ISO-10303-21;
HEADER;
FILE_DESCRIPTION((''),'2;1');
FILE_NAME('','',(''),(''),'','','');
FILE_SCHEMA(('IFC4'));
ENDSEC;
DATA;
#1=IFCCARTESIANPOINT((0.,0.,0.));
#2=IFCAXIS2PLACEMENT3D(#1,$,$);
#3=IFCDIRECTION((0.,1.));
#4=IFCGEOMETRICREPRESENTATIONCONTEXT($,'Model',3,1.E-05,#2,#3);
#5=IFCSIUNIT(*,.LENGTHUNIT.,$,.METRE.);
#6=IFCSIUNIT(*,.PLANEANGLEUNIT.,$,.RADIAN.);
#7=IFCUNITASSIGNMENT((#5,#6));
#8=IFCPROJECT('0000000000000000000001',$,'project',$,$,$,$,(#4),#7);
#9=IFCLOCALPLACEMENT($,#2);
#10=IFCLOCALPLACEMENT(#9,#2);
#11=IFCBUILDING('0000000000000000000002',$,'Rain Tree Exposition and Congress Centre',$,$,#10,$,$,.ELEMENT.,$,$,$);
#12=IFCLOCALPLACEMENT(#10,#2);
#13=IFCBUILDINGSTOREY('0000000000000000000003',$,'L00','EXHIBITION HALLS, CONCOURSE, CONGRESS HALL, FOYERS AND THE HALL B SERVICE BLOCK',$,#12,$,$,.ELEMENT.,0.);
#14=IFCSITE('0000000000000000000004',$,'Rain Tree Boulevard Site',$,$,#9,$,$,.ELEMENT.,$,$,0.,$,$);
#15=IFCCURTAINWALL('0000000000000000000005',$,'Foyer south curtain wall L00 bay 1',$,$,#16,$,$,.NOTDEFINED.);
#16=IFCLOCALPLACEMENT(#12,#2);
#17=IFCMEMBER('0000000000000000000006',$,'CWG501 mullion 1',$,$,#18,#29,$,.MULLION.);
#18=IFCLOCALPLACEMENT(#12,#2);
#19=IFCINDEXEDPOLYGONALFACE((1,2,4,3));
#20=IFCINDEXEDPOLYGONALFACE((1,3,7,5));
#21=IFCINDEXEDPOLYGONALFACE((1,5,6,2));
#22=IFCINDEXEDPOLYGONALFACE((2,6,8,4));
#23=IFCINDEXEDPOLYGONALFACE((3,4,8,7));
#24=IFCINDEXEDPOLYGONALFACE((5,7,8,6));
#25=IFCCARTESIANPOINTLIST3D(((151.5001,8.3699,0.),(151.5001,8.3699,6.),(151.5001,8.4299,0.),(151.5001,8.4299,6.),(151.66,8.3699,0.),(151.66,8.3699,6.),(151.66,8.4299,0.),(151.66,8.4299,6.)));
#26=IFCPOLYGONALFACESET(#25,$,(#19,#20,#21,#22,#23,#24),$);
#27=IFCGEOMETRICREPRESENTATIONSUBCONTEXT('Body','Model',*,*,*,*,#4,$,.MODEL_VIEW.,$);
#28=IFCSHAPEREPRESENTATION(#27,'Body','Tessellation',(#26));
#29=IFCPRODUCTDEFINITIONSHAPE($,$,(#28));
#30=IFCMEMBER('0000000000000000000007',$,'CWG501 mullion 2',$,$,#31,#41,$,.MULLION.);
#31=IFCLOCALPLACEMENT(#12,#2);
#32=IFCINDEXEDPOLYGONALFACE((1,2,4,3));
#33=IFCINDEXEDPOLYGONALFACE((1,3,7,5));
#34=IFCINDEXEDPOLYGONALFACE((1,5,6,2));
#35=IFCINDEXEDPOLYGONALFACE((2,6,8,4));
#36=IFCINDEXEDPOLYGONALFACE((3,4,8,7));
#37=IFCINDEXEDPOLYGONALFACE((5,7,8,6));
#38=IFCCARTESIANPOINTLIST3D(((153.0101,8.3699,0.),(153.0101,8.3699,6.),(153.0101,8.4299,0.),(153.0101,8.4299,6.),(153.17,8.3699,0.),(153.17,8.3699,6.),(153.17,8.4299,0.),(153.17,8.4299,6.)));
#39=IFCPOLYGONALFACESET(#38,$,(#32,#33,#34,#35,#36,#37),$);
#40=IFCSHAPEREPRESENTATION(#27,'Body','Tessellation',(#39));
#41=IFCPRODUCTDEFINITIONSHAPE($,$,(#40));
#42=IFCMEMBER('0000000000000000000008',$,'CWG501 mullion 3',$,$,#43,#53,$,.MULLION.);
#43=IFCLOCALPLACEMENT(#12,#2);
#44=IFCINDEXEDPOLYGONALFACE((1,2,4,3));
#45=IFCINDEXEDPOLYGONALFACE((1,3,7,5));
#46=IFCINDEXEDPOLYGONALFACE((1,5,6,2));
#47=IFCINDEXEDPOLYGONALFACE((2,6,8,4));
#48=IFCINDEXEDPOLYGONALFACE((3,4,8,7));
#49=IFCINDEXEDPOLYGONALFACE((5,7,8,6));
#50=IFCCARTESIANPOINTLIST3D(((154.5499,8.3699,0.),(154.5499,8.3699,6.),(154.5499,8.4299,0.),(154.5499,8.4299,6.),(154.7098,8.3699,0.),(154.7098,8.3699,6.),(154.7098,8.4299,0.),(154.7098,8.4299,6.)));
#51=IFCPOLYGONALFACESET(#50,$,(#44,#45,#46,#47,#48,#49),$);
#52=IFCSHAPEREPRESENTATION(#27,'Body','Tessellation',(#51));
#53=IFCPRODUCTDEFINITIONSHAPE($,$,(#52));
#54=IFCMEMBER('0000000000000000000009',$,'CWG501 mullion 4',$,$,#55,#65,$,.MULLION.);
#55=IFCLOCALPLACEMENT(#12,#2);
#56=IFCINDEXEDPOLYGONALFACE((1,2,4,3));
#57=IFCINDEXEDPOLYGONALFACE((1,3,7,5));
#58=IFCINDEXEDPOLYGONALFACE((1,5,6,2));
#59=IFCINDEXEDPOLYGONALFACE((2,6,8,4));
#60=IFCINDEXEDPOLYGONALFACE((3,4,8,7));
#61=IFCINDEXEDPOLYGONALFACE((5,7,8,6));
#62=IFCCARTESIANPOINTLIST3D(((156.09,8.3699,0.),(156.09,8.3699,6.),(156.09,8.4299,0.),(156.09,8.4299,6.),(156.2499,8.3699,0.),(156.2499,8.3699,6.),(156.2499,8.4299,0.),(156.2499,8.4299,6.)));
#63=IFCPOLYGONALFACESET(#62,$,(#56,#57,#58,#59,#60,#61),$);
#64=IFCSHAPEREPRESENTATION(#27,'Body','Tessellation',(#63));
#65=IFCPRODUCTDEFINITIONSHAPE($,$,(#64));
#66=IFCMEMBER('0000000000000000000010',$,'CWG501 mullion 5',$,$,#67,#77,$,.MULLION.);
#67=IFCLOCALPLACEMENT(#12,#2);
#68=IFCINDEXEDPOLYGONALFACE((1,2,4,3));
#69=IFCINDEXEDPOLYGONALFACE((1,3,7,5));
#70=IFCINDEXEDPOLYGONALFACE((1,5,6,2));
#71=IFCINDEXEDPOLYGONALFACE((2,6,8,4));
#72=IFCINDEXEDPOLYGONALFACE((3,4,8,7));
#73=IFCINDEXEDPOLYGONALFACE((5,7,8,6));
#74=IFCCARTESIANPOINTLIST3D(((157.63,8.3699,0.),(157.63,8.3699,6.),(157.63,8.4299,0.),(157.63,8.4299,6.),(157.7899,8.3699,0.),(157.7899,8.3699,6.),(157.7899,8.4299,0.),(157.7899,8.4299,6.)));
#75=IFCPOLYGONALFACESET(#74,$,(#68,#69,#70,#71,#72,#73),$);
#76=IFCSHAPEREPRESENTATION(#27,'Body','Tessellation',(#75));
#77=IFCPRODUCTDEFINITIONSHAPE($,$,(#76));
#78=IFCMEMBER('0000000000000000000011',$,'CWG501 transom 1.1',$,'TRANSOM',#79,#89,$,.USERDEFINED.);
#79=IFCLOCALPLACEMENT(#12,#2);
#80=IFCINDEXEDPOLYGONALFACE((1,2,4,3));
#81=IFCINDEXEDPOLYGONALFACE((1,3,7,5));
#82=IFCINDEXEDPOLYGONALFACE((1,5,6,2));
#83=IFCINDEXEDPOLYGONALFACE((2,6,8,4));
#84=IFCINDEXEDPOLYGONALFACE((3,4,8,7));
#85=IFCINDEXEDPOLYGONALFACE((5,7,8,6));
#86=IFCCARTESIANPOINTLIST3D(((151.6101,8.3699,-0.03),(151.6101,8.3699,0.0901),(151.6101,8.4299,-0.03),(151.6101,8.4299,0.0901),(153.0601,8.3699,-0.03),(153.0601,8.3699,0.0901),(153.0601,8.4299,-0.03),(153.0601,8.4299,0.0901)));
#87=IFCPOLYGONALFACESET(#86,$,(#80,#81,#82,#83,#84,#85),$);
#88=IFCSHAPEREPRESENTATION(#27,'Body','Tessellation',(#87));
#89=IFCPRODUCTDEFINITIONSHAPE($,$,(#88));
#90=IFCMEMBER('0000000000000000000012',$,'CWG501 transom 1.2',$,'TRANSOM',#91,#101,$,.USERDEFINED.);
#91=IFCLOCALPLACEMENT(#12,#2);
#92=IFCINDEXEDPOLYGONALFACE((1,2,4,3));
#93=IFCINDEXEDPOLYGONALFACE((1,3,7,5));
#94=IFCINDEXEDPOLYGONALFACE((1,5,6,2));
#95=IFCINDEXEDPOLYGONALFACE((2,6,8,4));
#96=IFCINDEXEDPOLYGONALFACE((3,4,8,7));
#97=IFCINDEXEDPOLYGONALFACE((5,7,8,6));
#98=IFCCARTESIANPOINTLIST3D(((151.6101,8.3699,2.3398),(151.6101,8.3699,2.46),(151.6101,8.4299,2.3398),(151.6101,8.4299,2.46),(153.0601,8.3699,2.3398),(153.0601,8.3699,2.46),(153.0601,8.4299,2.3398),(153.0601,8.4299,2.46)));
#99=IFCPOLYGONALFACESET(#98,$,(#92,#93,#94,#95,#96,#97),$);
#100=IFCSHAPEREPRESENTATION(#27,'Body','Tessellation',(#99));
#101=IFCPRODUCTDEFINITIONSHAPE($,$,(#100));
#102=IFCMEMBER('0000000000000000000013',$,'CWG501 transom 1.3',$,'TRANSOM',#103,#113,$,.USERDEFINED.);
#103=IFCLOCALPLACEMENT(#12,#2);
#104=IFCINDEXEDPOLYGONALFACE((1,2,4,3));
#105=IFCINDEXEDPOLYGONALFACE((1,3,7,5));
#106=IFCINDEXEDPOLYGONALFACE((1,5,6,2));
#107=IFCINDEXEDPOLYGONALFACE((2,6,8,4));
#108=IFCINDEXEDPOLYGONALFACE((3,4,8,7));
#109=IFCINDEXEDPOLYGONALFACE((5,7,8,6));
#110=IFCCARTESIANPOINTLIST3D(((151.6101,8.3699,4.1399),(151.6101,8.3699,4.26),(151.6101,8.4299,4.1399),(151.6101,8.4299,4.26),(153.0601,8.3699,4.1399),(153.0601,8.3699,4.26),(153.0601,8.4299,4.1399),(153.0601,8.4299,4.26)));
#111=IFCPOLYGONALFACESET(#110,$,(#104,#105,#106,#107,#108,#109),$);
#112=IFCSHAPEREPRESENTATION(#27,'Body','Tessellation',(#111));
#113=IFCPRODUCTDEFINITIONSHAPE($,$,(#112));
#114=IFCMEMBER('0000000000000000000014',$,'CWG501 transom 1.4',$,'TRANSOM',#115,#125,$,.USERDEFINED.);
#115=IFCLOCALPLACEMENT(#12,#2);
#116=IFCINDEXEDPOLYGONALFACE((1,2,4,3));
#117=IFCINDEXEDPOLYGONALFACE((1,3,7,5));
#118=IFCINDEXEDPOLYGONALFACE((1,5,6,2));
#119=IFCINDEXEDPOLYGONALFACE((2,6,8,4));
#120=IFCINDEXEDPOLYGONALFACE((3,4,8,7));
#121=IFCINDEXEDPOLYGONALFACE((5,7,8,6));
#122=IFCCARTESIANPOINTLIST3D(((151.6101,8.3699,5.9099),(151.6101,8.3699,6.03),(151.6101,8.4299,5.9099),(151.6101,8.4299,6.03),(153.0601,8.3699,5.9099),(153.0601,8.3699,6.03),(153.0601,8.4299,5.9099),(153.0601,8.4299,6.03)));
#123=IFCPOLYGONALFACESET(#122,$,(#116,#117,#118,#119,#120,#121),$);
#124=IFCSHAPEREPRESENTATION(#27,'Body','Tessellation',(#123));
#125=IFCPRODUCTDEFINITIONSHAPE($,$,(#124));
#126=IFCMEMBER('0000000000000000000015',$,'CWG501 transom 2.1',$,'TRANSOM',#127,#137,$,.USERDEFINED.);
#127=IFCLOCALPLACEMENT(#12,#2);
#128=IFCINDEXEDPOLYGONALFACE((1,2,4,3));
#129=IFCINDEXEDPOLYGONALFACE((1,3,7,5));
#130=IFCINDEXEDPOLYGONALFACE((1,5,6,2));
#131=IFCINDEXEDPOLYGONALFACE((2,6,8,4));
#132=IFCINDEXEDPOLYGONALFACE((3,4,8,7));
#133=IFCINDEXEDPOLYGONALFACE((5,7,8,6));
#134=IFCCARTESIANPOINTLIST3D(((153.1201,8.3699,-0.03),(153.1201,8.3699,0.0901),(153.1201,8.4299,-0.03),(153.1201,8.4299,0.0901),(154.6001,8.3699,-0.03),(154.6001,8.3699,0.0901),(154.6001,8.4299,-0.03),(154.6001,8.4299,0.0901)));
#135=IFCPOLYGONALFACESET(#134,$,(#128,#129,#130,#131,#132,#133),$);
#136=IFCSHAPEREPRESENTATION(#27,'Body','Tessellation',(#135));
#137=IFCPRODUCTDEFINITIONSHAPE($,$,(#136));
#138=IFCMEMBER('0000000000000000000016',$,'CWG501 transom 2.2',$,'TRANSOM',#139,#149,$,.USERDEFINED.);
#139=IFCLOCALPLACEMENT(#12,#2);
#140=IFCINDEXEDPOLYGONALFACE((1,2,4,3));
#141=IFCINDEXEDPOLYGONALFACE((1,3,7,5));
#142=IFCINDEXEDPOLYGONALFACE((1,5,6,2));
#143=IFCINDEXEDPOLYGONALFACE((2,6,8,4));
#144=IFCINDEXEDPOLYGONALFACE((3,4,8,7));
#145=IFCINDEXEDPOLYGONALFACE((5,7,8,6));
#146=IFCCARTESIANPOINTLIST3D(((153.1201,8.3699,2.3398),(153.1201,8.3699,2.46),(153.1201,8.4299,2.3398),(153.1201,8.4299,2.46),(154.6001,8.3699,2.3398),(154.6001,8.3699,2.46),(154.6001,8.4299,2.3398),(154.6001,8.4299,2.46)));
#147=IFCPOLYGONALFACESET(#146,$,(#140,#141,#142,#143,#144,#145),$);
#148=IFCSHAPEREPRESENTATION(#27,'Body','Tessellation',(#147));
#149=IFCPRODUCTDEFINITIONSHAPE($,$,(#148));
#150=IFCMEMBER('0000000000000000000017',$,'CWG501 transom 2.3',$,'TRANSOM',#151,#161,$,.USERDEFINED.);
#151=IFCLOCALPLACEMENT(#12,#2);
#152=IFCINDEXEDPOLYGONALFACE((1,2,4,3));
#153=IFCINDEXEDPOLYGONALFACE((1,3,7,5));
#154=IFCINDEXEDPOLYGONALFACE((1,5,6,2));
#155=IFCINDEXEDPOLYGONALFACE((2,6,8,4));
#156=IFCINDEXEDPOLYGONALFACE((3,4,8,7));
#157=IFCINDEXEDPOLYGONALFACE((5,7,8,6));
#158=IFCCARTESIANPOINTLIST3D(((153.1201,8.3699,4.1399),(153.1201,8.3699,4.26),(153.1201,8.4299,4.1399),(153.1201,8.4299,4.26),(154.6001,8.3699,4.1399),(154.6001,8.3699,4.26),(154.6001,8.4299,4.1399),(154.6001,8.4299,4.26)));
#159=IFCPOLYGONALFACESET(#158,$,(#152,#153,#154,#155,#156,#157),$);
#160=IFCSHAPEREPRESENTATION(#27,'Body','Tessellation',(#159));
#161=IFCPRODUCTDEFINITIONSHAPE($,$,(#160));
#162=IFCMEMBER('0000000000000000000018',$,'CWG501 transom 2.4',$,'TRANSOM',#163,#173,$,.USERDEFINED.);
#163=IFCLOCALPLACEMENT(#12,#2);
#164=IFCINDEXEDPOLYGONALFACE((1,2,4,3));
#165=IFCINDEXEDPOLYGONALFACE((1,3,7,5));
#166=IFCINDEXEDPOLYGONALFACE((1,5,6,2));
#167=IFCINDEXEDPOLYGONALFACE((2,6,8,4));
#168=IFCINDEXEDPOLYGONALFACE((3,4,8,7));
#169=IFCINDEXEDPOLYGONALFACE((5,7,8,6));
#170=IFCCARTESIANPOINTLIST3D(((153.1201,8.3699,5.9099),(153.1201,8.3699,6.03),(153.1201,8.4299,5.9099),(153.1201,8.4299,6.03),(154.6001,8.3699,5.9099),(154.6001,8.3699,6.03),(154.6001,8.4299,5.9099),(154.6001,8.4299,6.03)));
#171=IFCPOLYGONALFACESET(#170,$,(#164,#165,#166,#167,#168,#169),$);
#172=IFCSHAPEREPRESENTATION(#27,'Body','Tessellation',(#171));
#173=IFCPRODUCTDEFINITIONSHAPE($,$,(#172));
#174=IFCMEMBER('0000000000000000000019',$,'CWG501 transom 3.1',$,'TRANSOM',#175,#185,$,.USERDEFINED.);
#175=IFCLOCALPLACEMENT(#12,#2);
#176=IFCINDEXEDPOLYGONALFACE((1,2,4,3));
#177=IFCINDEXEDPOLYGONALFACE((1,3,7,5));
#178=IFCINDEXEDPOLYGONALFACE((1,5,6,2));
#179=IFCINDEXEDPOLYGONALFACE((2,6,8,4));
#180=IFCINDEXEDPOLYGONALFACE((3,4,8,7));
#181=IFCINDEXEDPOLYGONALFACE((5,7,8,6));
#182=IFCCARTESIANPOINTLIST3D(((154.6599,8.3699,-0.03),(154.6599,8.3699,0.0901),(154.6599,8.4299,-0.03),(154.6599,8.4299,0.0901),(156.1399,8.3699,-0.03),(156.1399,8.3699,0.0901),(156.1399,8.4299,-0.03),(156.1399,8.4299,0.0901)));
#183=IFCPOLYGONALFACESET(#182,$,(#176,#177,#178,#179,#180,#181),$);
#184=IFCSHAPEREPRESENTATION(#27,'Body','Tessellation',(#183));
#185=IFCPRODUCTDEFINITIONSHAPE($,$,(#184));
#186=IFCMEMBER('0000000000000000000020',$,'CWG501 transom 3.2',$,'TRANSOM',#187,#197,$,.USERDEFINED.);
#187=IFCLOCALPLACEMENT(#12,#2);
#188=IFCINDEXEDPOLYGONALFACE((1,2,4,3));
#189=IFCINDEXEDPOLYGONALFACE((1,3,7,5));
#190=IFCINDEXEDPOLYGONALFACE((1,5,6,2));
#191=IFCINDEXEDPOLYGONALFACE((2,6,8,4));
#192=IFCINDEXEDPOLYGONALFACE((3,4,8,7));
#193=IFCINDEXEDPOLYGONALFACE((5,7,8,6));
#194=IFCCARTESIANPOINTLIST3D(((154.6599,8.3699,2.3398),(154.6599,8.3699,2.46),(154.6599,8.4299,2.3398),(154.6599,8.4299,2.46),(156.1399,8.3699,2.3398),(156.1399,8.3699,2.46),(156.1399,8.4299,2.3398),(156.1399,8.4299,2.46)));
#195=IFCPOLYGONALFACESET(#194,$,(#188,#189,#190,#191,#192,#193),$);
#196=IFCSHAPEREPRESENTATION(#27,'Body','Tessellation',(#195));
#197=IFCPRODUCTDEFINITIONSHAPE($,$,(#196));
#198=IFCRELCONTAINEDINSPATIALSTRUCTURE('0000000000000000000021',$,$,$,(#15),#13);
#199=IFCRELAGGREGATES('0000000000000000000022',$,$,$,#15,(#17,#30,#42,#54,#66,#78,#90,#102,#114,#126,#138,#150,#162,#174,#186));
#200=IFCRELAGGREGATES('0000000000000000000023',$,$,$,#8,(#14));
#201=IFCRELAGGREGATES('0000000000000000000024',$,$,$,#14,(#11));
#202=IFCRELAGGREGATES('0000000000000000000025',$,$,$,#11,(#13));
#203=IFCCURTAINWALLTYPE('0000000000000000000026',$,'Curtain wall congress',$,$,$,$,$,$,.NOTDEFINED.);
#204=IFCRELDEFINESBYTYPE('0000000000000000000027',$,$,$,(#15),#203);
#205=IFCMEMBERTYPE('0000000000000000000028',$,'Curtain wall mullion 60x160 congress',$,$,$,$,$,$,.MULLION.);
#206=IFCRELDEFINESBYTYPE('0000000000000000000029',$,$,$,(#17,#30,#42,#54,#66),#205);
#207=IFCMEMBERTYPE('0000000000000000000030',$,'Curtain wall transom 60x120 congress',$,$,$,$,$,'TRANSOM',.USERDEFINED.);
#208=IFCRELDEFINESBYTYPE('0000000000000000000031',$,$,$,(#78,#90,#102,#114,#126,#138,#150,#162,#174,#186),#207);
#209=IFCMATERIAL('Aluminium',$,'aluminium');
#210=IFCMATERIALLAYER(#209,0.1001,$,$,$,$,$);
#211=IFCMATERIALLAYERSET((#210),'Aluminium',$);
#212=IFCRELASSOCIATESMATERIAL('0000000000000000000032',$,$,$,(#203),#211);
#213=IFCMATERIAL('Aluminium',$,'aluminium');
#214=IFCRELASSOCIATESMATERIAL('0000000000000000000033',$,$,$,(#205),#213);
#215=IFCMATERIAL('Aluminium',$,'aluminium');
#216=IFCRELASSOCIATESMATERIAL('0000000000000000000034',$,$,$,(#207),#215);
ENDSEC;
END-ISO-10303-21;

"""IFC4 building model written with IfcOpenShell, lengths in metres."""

from ifc_helpers import new_model, si_unit, direction, frame, origin, origin_2d, place, context, subcontext, project, spatial, rectangle, extrude, material, layer, layer_set, material_profile, profile_set, type_object, element, aggregate, save


model = new_model("IFC4")

# Units and contexts
model_context = context("Model", 3, precision=1e-05, world=origin(), true_north=direction((0.0, 1.0)))
body_context = subcontext(model_context, "Body", "Model", "MODEL_VIEW")
ifc_project = project(units=[si_unit("LENGTHUNIT", "METRE"), si_unit("PLANEANGLEUNIT", "RADIAN")], contexts=[model_context])

# Site, building, storey
site_placement = place(None, origin())
site = spatial("IfcSite", under=ifc_project, at=site_placement, Name="Rain Tree Boulevard Site", CompositionType="ELEMENT", RefElevation=0.0)
building_placement = place(site_placement, origin())
building = spatial("IfcBuilding", under=site, at=building_placement, Name="Rain Tree Exposition and Congress Centre", CompositionType="ELEMENT")
storey_placement = place(building_placement, origin())
storey = spatial("IfcBuildingStorey", under=building, at=storey_placement, Name="L00", Description="EXHIBITION HALLS, CONCOURSE, CONGRESS HALL, FOYERS AND THE HALL B SERVICE BLOCK", CompositionType="ELEMENT", Elevation=0.0)

# Curtain wall, members
ifc_material_1 = material(Name="Aluminium", Category="aluminium")
ifc_layer_1 = layer(ifc_material_1, 0.1001)
ifc_layer_set_1 = layer_set([ifc_layer_1], Name="Aluminium")
curtain_wall_type = type_object("IfcCurtainWallType", Name="Curtain wall congress", PredefinedType="NOTDEFINED", material=ifc_layer_set_1)
curtain_wall_placement = place(storey_placement, origin())
curtain_wall = element("IfcCurtainWall", 1, at=curtain_wall_placement, inside=storey, type_object=curtain_wall_type, Name="Foyer south curtain wall L00 bay 1", PredefinedType="NOTDEFINED")
ifc_material_2 = material(Name="Aluminium", Category="aluminium")
ifc_material_profile_1 = material_profile(ifc_material_2, rectangle(XDim=0.0601, YDim=0.1599, at=origin_2d()), Name="AL 60x160")
ifc_profile_set_1 = profile_set([ifc_material_profile_1], Name="Aluminium")
member_type_1 = type_object("IfcMemberType", Name="Curtain wall mullion 60x160 congress", PredefinedType="MULLION", material=ifc_profile_set_1)
member_1_placement = place(storey_placement, frame((151.5801, 8.3999, 0.0), z_axis=(0.0, 0.0, 1.0), x_axis=(0.0, 1.0, 0.0)))
member_1 = element("IfcMember", 2, at=member_1_placement, type_object=member_type_1, Name="CWG501 mullion 1", PredefinedType="MULLION", context=body_context, shape_type="SweptSolid", body=[
    extrude(rectangle(XDim=0.0601, YDim=0.1599, at=origin_2d()), origin(), (0.0, 0.0, 1.0), 6.0),
])
member_2_placement = place(storey_placement, frame((153.0901, 8.3999, 0.0), z_axis=(0.0, 0.0, 1.0), x_axis=(0.0, 1.0, 0.0)))
member_2 = element("IfcMember", 3, at=member_2_placement, type_object=member_type_1, Name="CWG501 mullion 2", PredefinedType="MULLION", context=body_context, shape_type="SweptSolid", body=[
    extrude(rectangle(XDim=0.0601, YDim=0.1599, at=origin_2d()), origin(), (0.0, 0.0, 1.0), 6.0),
])
member_3_placement = place(storey_placement, frame((154.6299, 8.3999, 0.0), z_axis=(0.0, 0.0, 1.0), x_axis=(0.0, 1.0, 0.0)))
member_3 = element("IfcMember", 4, at=member_3_placement, type_object=member_type_1, Name="CWG501 mullion 3", PredefinedType="MULLION", context=body_context, shape_type="SweptSolid", body=[
    extrude(rectangle(XDim=0.0601, YDim=0.1599, at=origin_2d()), origin(), (0.0, 0.0, 1.0), 6.0),
])
member_4_placement = place(storey_placement, frame((156.1699, 8.3999, 0.0), z_axis=(0.0, 0.0, 1.0), x_axis=(0.0, 1.0, 0.0)))
member_4 = element("IfcMember", 5, at=member_4_placement, type_object=member_type_1, Name="CWG501 mullion 4", PredefinedType="MULLION", context=body_context, shape_type="SweptSolid", body=[
    extrude(rectangle(XDim=0.0601, YDim=0.1599, at=origin_2d()), origin(), (0.0, 0.0, 1.0), 6.0),
])
member_5_placement = place(storey_placement, frame((157.71, 8.3999, 0.0), z_axis=(0.0, 0.0, 1.0), x_axis=(0.0, 1.0, 0.0)))
member_5 = element("IfcMember", 6, at=member_5_placement, type_object=member_type_1, Name="CWG501 mullion 5", PredefinedType="MULLION", context=body_context, shape_type="SweptSolid", body=[
    extrude(rectangle(XDim=0.0601, YDim=0.1599, at=origin_2d()), origin(), (0.0, 0.0, 1.0), 6.0),
])
ifc_material_3 = material(Name="Aluminium", Category="aluminium")
ifc_material_profile_2 = material_profile(ifc_material_3, rectangle(XDim=0.0601, YDim=0.1201, at=origin_2d()), Name="AL 60x120")
ifc_profile_set_2 = profile_set([ifc_material_profile_2], Name="Aluminium")
member_type_2 = type_object("IfcMemberType", Name="Curtain wall transom 60x120 congress", ElementType="TRANSOM", PredefinedType="USERDEFINED", material=ifc_profile_set_2)
member_6_placement = place(storey_placement, frame((151.6101, 8.3999, 0.03), z_axis=(1.0, 0.0, 0.0), x_axis=(0.0, 1.0, 0.0)))
member_6 = element("IfcMember", 7, at=member_6_placement, type_object=member_type_2, Name="CWG501 transom 1.1", ObjectType="TRANSOM", PredefinedType="USERDEFINED", context=body_context, shape_type="SweptSolid", body=[
    extrude(rectangle(XDim=0.0601, YDim=0.1201, at=origin_2d()), origin(), (0.0, 0.0, 1.0), 1.45),
])
member_7_placement = place(storey_placement, frame((151.6101, 8.3999, 2.3999), z_axis=(1.0, 0.0, 0.0), x_axis=(0.0, 1.0, 0.0)))
member_7 = element("IfcMember", 8, at=member_7_placement, type_object=member_type_2, Name="CWG501 transom 1.2", ObjectType="TRANSOM", PredefinedType="USERDEFINED", context=body_context, shape_type="SweptSolid", body=[
    extrude(rectangle(XDim=0.0601, YDim=0.1201, at=origin_2d()), origin(), (0.0, 0.0, 1.0), 1.45),
])
member_8_placement = place(storey_placement, frame((151.6101, 8.3999, 4.2), z_axis=(1.0, 0.0, 0.0), x_axis=(0.0, 1.0, 0.0)))
member_8 = element("IfcMember", 9, at=member_8_placement, type_object=member_type_2, Name="CWG501 transom 1.3", ObjectType="TRANSOM", PredefinedType="USERDEFINED", context=body_context, shape_type="SweptSolid", body=[
    extrude(rectangle(XDim=0.0601, YDim=0.1201, at=origin_2d()), origin(), (0.0, 0.0, 1.0), 1.45),
])
member_9_placement = place(storey_placement, frame((151.6101, 8.3999, 5.97), z_axis=(1.0, 0.0, 0.0), x_axis=(0.0, 1.0, 0.0)))
member_9 = element("IfcMember", 10, at=member_9_placement, type_object=member_type_2, Name="CWG501 transom 1.4", ObjectType="TRANSOM", PredefinedType="USERDEFINED", context=body_context, shape_type="SweptSolid", body=[
    extrude(rectangle(XDim=0.0601, YDim=0.1201, at=origin_2d()), origin(), (0.0, 0.0, 1.0), 1.45),
])
member_10_placement = place(storey_placement, frame((153.1201, 8.3999, 0.03), z_axis=(1.0, 0.0, 0.0), x_axis=(0.0, 1.0, 0.0)))
member_10 = element("IfcMember", 11, at=member_10_placement, type_object=member_type_2, Name="CWG501 transom 2.1", ObjectType="TRANSOM", PredefinedType="USERDEFINED", context=body_context, shape_type="SweptSolid", body=[
    extrude(rectangle(XDim=0.0601, YDim=0.1201, at=origin_2d()), origin(), (0.0, 0.0, 1.0), 1.48),
])
member_11_placement = place(storey_placement, frame((153.1201, 8.3999, 2.3999), z_axis=(1.0, 0.0, 0.0), x_axis=(0.0, 1.0, 0.0)))
member_11 = element("IfcMember", 12, at=member_11_placement, type_object=member_type_2, Name="CWG501 transom 2.2", ObjectType="TRANSOM", PredefinedType="USERDEFINED", context=body_context, shape_type="SweptSolid", body=[
    extrude(rectangle(XDim=0.0601, YDim=0.1201, at=origin_2d()), origin(), (0.0, 0.0, 1.0), 1.48),
])
member_12_placement = place(storey_placement, frame((153.1201, 8.3999, 4.2), z_axis=(1.0, 0.0, 0.0), x_axis=(0.0, 1.0, 0.0)))
member_12 = element("IfcMember", 13, at=member_12_placement, type_object=member_type_2, Name="CWG501 transom 2.3", ObjectType="TRANSOM", PredefinedType="USERDEFINED", context=body_context, shape_type="SweptSolid", body=[
    extrude(rectangle(XDim=0.0601, YDim=0.1201, at=origin_2d()), origin(), (0.0, 0.0, 1.0), 1.48),
])
member_13_placement = place(storey_placement, frame((153.1201, 8.3999, 5.97), z_axis=(1.0, 0.0, 0.0), x_axis=(0.0, 1.0, 0.0)))
member_13 = element("IfcMember", 14, at=member_13_placement, type_object=member_type_2, Name="CWG501 transom 2.4", ObjectType="TRANSOM", PredefinedType="USERDEFINED", context=body_context, shape_type="SweptSolid", body=[
    extrude(rectangle(XDim=0.0601, YDim=0.1201, at=origin_2d()), origin(), (0.0, 0.0, 1.0), 1.48),
])
member_14_placement = place(storey_placement, frame((154.6599, 8.3999, 0.03), z_axis=(1.0, 0.0, 0.0), x_axis=(0.0, 1.0, 0.0)))
member_14 = element("IfcMember", 15, at=member_14_placement, type_object=member_type_2, Name="CWG501 transom 3.1", ObjectType="TRANSOM", PredefinedType="USERDEFINED", context=body_context, shape_type="SweptSolid", body=[
    extrude(rectangle(XDim=0.0601, YDim=0.1201, at=origin_2d()), origin(), (0.0, 0.0, 1.0), 1.48),
])
member_15_placement = place(storey_placement, frame((154.6599, 8.3999, 2.3999), z_axis=(1.0, 0.0, 0.0), x_axis=(0.0, 1.0, 0.0)))
member_15 = element("IfcMember", 16, at=member_15_placement, type_object=member_type_2, Name="CWG501 transom 3.2", ObjectType="TRANSOM", PredefinedType="USERDEFINED", context=body_context, shape_type="SweptSolid", body=[
    extrude(rectangle(XDim=0.0601, YDim=0.1201, at=origin_2d()), origin(), (0.0, 0.0, 1.0), 1.48),
])
aggregate(curtain_wall, [member_1, member_2, member_3, member_4, member_5, member_6, member_7, member_8, member_9, member_10, member_11, member_12, member_13, member_14, member_15])

save(model, "model.ifc")
